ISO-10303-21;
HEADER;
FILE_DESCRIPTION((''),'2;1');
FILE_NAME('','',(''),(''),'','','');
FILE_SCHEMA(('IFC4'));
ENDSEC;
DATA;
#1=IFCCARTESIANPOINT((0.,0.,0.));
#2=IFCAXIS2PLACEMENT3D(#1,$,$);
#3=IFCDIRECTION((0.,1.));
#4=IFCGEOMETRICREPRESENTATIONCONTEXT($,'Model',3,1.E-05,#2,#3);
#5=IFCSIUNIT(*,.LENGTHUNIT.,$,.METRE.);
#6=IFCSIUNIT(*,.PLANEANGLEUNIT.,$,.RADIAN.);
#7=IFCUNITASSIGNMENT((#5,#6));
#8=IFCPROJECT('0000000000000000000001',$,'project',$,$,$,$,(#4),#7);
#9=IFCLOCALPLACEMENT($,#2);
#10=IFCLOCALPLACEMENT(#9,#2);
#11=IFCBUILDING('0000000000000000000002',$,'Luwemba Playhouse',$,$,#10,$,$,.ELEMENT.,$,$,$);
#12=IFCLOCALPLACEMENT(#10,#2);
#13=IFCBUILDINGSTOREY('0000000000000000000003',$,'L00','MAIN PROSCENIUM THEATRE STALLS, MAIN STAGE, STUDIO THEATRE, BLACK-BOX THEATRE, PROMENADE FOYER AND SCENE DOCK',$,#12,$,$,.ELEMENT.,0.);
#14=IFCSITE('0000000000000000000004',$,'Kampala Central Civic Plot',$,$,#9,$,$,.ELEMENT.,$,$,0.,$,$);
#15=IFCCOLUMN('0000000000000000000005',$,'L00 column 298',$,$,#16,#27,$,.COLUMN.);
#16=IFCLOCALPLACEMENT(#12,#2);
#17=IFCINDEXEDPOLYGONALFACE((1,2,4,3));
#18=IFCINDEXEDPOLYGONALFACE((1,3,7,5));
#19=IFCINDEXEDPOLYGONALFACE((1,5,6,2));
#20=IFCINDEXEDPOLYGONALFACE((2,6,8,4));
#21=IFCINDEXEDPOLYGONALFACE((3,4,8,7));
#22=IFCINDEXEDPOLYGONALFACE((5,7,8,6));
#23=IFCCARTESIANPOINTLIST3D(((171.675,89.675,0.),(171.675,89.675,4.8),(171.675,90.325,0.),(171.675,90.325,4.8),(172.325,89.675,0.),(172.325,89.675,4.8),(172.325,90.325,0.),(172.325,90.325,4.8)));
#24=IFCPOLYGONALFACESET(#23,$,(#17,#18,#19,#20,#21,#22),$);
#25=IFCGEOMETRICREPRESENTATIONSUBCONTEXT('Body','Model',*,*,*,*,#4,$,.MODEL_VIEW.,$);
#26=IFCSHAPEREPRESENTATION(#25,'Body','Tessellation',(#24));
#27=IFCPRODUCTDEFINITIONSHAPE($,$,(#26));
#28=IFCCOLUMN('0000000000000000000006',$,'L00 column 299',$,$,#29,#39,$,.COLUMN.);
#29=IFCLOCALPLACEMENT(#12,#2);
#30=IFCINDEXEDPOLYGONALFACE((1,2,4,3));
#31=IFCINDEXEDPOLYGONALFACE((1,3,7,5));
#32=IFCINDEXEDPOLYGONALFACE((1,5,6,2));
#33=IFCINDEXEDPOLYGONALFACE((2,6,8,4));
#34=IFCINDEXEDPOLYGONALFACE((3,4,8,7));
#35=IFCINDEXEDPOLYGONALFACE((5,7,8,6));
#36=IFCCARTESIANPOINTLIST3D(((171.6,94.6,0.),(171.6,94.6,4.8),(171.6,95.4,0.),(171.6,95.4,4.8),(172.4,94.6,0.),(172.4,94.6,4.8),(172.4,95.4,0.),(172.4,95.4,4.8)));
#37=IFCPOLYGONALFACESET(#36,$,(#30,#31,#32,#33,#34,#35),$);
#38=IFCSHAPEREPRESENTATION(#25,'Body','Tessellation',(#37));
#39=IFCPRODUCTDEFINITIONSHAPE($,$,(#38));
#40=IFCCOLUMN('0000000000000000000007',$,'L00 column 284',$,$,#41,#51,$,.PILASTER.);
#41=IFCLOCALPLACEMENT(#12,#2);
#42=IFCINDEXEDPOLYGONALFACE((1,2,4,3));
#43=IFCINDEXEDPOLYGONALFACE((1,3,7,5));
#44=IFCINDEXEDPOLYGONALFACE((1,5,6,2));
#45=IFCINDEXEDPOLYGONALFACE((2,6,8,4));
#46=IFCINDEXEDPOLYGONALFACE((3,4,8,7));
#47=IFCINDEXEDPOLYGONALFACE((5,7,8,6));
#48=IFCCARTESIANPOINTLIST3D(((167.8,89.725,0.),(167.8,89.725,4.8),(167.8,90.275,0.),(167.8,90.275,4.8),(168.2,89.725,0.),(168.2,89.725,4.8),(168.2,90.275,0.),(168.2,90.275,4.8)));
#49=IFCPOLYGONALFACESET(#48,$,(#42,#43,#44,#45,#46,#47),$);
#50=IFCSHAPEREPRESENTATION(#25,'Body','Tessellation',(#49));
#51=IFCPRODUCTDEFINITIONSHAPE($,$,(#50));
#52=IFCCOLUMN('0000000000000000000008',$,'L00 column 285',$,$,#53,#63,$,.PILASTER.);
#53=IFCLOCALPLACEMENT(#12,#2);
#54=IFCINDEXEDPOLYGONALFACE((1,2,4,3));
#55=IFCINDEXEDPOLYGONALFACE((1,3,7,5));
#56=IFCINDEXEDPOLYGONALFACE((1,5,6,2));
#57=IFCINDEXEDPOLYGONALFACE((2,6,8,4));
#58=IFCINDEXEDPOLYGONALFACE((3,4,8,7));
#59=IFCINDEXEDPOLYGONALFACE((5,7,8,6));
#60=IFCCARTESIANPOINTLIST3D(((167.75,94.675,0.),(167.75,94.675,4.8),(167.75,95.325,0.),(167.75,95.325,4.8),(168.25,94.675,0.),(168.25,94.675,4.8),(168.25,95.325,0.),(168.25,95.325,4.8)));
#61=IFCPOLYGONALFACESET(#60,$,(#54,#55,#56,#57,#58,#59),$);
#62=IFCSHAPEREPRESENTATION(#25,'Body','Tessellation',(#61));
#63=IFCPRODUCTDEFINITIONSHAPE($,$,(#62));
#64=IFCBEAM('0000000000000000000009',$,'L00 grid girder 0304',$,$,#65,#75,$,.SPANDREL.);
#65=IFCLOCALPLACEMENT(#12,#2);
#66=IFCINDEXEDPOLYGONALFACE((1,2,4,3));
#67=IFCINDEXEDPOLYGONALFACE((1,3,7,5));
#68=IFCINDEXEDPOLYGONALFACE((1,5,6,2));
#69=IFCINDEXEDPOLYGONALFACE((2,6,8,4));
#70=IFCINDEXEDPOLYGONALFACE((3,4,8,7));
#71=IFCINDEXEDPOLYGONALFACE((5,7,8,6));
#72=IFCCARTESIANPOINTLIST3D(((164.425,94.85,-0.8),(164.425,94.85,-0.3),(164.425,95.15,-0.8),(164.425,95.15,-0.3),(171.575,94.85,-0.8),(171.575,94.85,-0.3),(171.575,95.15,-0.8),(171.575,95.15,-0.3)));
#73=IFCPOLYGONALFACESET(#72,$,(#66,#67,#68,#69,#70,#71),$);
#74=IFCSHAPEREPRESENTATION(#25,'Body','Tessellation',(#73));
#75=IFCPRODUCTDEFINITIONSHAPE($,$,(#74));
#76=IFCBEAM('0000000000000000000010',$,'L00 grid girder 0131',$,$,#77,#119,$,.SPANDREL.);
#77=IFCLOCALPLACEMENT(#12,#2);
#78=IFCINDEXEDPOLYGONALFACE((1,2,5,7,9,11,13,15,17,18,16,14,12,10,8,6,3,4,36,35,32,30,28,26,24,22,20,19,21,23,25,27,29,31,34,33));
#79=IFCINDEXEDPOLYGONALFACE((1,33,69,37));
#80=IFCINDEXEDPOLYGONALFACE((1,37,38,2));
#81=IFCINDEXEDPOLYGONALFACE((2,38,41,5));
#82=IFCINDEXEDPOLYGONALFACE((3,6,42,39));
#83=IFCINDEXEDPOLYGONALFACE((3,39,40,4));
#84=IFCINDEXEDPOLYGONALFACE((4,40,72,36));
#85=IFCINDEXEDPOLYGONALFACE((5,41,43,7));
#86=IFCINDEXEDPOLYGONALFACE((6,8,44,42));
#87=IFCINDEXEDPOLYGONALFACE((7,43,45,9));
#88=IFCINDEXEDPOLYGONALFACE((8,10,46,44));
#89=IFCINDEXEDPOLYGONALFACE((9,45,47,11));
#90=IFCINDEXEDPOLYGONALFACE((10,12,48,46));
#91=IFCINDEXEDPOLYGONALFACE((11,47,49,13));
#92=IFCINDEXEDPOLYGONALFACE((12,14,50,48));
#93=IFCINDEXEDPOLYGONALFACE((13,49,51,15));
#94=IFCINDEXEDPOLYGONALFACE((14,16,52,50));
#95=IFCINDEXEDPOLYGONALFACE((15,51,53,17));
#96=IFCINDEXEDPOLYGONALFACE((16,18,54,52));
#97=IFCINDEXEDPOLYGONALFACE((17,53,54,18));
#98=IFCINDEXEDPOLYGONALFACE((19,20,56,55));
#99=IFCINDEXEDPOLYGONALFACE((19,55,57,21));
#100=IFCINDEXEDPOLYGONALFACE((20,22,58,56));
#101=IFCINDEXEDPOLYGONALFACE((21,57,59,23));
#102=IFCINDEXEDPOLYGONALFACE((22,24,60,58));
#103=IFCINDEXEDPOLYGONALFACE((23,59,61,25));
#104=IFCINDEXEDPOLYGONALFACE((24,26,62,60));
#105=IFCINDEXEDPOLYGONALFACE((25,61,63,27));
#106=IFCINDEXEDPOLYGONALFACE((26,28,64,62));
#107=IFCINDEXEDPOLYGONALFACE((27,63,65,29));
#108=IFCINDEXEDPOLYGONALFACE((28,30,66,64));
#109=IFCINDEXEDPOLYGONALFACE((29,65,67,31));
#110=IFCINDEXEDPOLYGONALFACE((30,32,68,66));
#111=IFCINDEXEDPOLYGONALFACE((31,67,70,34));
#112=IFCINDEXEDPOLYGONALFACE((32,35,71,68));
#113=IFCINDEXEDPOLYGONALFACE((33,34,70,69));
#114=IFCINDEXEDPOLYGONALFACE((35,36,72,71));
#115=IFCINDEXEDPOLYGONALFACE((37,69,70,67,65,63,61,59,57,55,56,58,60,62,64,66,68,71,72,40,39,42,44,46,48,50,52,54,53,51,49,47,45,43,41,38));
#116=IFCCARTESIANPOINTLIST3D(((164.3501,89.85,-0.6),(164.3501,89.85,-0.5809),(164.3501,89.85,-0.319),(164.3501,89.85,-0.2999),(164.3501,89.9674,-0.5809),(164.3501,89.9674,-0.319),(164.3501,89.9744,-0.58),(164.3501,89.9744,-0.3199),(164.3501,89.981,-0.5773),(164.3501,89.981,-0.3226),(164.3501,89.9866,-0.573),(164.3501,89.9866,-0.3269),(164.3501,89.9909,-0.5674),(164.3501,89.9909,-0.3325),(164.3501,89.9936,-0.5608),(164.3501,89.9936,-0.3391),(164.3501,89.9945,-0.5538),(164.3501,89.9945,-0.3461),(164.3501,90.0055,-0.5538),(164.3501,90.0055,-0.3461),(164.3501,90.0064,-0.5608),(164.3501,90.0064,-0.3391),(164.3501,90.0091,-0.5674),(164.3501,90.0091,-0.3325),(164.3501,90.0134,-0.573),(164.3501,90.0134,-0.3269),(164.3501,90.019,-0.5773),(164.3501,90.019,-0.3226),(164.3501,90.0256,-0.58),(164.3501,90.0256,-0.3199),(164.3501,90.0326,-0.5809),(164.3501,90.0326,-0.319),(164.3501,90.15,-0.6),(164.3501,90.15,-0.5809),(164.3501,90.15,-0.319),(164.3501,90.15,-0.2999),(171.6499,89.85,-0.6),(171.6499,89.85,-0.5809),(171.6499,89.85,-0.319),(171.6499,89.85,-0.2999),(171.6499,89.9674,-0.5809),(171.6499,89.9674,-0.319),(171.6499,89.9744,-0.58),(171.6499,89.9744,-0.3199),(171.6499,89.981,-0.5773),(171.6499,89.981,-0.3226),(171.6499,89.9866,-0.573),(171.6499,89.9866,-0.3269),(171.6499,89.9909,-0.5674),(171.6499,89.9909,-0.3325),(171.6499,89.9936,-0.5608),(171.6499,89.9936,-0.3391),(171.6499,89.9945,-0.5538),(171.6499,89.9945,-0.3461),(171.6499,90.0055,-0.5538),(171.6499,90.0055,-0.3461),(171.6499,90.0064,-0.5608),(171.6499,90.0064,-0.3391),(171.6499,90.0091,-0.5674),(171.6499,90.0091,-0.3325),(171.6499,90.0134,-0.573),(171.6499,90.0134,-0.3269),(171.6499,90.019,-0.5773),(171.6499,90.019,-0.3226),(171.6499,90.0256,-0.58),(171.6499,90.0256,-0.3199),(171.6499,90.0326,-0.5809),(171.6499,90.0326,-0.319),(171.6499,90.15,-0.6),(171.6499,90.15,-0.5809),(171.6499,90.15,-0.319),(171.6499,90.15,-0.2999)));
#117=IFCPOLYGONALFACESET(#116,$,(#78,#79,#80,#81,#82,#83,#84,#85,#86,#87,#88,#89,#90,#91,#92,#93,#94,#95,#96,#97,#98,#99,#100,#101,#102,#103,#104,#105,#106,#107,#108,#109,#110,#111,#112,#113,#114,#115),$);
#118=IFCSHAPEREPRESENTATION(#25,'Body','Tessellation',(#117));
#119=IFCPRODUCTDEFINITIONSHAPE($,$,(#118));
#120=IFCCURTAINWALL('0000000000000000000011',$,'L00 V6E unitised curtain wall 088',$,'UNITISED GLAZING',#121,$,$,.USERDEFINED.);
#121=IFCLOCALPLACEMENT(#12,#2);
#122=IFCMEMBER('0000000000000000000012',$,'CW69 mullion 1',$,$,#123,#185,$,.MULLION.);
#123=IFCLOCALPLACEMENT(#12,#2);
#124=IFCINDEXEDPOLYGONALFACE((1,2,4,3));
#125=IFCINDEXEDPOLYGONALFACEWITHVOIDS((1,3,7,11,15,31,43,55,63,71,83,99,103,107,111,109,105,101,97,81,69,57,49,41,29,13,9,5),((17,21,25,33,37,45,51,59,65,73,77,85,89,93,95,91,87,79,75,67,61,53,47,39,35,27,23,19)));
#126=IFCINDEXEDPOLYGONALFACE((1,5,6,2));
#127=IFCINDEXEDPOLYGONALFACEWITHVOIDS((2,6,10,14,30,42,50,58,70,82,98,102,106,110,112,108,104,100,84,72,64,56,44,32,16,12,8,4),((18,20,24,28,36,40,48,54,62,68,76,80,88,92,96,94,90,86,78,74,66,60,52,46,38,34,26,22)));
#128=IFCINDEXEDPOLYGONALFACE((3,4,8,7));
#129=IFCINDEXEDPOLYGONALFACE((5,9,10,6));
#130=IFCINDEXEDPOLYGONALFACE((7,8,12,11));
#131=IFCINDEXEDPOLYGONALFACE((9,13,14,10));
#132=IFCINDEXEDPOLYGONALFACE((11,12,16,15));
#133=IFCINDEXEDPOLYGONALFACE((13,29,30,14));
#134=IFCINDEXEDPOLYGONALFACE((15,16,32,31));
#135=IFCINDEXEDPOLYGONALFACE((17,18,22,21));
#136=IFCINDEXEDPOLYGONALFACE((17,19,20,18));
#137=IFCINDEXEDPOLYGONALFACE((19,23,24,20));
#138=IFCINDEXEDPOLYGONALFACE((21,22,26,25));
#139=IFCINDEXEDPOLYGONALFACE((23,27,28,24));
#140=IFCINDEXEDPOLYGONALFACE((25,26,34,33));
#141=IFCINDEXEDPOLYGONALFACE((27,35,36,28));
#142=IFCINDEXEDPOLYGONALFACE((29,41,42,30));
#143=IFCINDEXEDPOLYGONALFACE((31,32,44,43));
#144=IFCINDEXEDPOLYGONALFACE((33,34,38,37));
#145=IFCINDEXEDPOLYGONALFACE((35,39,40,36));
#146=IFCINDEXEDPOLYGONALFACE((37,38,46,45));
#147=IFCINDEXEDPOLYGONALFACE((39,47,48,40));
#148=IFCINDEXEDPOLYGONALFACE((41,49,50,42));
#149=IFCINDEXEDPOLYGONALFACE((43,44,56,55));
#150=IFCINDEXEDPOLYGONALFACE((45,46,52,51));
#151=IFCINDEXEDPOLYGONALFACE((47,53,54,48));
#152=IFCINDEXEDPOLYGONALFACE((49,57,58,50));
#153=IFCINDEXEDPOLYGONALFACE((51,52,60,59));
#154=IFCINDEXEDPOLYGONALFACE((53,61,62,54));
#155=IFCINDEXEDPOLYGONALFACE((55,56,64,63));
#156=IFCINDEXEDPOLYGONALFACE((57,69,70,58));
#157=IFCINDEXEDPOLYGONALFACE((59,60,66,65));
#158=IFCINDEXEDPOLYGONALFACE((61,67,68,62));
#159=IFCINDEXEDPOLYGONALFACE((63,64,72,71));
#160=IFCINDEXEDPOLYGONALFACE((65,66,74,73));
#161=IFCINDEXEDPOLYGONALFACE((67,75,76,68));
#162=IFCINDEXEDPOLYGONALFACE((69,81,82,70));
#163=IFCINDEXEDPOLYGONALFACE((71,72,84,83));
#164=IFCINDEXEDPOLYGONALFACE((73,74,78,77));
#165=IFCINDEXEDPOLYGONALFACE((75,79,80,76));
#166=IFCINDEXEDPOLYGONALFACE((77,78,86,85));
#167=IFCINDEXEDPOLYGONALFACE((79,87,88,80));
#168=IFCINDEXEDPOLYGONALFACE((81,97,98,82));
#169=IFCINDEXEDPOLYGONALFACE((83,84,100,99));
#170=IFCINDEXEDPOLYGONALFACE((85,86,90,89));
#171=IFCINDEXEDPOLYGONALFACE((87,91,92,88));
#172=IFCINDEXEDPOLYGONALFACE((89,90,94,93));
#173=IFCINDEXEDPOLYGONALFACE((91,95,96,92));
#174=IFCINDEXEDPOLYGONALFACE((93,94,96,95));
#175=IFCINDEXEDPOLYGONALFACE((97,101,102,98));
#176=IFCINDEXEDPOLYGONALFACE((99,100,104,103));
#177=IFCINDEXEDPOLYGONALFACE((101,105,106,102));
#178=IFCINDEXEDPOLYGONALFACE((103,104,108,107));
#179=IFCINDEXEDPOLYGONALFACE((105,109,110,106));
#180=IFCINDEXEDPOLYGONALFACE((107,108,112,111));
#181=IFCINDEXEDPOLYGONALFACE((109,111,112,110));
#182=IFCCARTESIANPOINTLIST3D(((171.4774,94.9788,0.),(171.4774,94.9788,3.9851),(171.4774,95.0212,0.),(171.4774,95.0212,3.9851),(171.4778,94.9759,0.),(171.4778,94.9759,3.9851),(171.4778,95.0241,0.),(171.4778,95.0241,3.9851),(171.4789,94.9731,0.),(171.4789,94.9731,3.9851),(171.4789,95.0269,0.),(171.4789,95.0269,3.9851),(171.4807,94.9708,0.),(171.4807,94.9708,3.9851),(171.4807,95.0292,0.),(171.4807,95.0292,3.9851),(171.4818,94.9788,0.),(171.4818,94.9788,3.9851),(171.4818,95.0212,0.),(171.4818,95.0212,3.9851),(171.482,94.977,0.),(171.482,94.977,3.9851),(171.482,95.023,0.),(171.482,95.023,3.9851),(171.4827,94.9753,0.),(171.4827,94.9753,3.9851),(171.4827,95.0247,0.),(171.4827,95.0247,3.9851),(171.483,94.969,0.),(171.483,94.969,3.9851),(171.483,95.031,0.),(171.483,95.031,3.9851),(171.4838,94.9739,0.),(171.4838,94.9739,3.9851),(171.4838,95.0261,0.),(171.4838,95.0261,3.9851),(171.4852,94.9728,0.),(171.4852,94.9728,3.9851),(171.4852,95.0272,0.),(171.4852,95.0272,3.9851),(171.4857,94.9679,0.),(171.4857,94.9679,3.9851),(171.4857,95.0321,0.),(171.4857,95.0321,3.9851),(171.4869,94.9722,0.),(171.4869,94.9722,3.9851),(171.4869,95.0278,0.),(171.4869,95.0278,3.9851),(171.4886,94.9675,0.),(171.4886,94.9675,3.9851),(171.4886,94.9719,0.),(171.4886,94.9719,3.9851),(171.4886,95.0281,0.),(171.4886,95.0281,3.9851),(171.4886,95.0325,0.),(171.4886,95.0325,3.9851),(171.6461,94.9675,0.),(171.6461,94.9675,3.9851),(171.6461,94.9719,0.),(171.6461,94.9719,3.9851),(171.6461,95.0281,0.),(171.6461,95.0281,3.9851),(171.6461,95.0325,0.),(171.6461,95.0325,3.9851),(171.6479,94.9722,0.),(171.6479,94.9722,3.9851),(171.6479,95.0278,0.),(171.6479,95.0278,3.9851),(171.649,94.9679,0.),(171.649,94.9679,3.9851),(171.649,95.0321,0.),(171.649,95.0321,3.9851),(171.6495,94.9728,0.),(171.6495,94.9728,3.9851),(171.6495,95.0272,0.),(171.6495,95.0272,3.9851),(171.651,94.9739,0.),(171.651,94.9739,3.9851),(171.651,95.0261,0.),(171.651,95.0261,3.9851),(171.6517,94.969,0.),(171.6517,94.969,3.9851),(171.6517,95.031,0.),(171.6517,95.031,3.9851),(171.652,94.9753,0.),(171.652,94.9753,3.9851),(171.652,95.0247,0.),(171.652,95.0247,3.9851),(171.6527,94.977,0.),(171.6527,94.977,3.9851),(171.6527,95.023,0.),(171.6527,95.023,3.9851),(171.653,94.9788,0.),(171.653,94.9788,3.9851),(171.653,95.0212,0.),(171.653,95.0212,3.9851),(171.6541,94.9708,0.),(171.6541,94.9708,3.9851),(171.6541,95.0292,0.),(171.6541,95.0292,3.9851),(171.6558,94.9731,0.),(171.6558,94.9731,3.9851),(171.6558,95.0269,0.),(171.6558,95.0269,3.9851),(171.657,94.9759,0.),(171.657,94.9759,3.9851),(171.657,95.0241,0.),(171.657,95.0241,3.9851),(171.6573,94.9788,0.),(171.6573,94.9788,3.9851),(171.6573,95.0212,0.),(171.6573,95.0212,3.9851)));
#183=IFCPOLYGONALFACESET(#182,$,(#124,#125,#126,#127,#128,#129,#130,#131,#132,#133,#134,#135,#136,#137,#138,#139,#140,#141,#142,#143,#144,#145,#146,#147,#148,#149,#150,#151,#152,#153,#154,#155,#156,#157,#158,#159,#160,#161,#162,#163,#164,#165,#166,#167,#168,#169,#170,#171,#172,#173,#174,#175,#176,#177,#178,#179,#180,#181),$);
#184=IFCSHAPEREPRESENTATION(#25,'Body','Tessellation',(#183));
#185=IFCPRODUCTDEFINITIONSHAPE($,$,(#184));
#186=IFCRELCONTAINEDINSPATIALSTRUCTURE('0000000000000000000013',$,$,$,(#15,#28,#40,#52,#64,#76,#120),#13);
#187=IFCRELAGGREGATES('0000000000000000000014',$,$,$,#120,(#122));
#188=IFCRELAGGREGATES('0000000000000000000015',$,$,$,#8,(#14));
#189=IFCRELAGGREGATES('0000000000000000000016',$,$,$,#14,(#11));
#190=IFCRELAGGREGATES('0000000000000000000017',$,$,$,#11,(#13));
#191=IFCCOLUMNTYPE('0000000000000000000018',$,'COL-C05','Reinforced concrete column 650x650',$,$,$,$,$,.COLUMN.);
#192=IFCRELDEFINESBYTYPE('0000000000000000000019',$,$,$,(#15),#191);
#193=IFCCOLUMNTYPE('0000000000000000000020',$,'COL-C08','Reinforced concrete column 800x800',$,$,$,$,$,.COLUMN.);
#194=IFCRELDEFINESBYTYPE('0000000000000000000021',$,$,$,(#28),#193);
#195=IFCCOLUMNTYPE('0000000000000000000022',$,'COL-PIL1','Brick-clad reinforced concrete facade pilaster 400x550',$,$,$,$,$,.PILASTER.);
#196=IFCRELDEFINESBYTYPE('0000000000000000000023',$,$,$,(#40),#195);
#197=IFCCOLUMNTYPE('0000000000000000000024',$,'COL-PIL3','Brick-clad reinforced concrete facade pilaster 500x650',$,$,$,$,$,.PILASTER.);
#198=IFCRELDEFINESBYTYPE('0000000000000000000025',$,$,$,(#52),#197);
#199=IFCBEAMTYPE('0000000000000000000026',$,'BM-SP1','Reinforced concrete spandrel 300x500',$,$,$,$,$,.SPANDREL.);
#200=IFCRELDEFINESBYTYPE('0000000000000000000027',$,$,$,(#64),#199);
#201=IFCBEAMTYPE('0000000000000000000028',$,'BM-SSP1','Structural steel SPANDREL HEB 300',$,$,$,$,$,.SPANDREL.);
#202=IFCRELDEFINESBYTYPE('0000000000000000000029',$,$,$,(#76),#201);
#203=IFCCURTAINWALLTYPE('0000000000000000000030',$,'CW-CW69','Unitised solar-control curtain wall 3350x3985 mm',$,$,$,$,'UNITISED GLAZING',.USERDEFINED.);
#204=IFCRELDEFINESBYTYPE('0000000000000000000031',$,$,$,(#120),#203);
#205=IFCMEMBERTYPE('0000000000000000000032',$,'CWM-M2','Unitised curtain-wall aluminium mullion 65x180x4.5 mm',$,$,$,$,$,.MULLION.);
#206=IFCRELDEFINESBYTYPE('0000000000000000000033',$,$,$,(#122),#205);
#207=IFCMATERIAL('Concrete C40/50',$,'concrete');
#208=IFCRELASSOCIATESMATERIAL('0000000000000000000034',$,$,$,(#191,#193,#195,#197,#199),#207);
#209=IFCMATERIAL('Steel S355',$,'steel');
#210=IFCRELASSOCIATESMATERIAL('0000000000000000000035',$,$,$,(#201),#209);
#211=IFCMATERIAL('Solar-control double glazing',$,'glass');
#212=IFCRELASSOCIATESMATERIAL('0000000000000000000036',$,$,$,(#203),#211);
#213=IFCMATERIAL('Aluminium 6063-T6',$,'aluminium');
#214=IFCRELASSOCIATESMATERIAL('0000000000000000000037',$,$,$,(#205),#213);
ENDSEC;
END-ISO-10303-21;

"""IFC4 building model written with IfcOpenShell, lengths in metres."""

from ifc_helpers import new_model, si_unit, direction, frame, origin, origin_2d, place, context, subcontext, project, spatial, rectangle, hollow_rectangle, i_section, extrude, material, material_profile, profile_set, type_object, element, aggregate, save


model = new_model("IFC4")

# Units and contexts
model_context = context("Model", 3, precision=1e-05, world=origin(), true_north=direction((0.0, 1.0)))
body_context = subcontext(model_context, "Body", "Model", "MODEL_VIEW")
ifc_project = project(units=[si_unit("LENGTHUNIT", "METRE"), si_unit("PLANEANGLEUNIT", "RADIAN")], contexts=[model_context])

# Site, building, storey
site_placement = place(None, origin())
site = spatial("IfcSite", under=ifc_project, at=site_placement, Name="Kampala Central Civic Plot", CompositionType="ELEMENT", RefElevation=0.0)
building_placement = place(site_placement, origin())
building = spatial("IfcBuilding", under=site, at=building_placement, Name="Luwemba Playhouse", CompositionType="ELEMENT")
storey_placement = place(building_placement, origin())
storey = spatial("IfcBuildingStorey", under=building, at=storey_placement, Name="L00", Description="MAIN PROSCENIUM THEATRE STALLS, MAIN STAGE, STUDIO THEATRE, BLACK-BOX THEATRE, PROMENADE FOYER AND SCENE DOCK", CompositionType="ELEMENT", Elevation=0.0)

# Columns
ifc_material_1 = material(Name="Concrete C40/50", Category="concrete")
ifc_material_profile_1 = material_profile(ifc_material_1, rectangle(XDim=0.6499, YDim=0.6499, at=origin_2d()))
ifc_profile_set_1 = profile_set([ifc_material_profile_1], Name="Concrete C40/50")
column_type_1 = type_object("IfcColumnType", Name="COL-C05", Description="Reinforced concrete column 650x650", PredefinedType="COLUMN", material=ifc_profile_set_1)
column_1_placement = place(storey_placement, frame((172.0, 90.0, 0.0), z_axis=(0.0, 0.0, 1.0), x_axis=(1.0, 0.0, 0.0)))
element("IfcColumn", 1, at=column_1_placement, inside=storey, type_object=column_type_1, Name="L00 column 298", PredefinedType="COLUMN", context=body_context, shape_type="SweptSolid", body=[
    extrude(rectangle(XDim=0.6499, YDim=0.6499, at=origin_2d()), origin(), (0.0, 0.0, 1.0), 4.8),
])
ifc_material_profile_2 = material_profile(ifc_material_1, rectangle(XDim=0.8, YDim=0.8, at=origin_2d()))
ifc_profile_set_2 = profile_set([ifc_material_profile_2], Name="Concrete C40/50")
column_type_2 = type_object("IfcColumnType", Name="COL-C08", Description="Reinforced concrete column 800x800", PredefinedType="COLUMN", material=ifc_profile_set_2)
column_2_placement = place(storey_placement, frame((172.0, 95.0, 0.0), z_axis=(0.0, 0.0, 1.0), x_axis=(1.0, 0.0, 0.0)))
element("IfcColumn", 2, at=column_2_placement, inside=storey, type_object=column_type_2, Name="L00 column 299", PredefinedType="COLUMN", context=body_context, shape_type="SweptSolid", body=[
    extrude(rectangle(XDim=0.8, YDim=0.8, at=origin_2d()), origin(), (0.0, 0.0, 1.0), 4.8),
])
ifc_material_profile_3 = material_profile(ifc_material_1, rectangle(XDim=0.3999, YDim=0.55, at=origin_2d()))
ifc_profile_set_3 = profile_set([ifc_material_profile_3], Name="Concrete C40/50")
column_type_3 = type_object("IfcColumnType", Name="COL-PIL1", Description="Brick-clad reinforced concrete facade pilaster 400x550", PredefinedType="PILASTER", material=ifc_profile_set_3)
column_3_placement = place(storey_placement, frame((168.0, 90.0, 0.0), z_axis=(0.0, 0.0, 1.0), x_axis=(1.0, 0.0, 0.0)))
element("IfcColumn", 3, at=column_3_placement, inside=storey, type_object=column_type_3, Name="L00 column 284", PredefinedType="PILASTER", context=body_context, shape_type="SweptSolid", body=[
    extrude(rectangle(XDim=0.3999, YDim=0.55, at=origin_2d()), origin(), (0.0, 0.0, 1.0), 4.8),
])
ifc_material_profile_4 = material_profile(ifc_material_1, rectangle(XDim=0.5, YDim=0.6499, at=origin_2d()))
ifc_profile_set_4 = profile_set([ifc_material_profile_4], Name="Concrete C40/50")
column_type_4 = type_object("IfcColumnType", Name="COL-PIL3", Description="Brick-clad reinforced concrete facade pilaster 500x650", PredefinedType="PILASTER", material=ifc_profile_set_4)
column_4_placement = place(storey_placement, frame((168.0, 95.0, 0.0), z_axis=(0.0, 0.0, 1.0), x_axis=(1.0, 0.0, 0.0)))
element("IfcColumn", 4, at=column_4_placement, inside=storey, type_object=column_type_4, Name="L00 column 285", PredefinedType="PILASTER", context=body_context, shape_type="SweptSolid", body=[
    extrude(rectangle(XDim=0.5, YDim=0.6499, at=origin_2d()), origin(), (0.0, 0.0, 1.0), 4.8),
])

# Beams
ifc_material_profile_5 = material_profile(ifc_material_1, rectangle(XDim=0.3, YDim=0.5, at=origin_2d()))
ifc_profile_set_5 = profile_set([ifc_material_profile_5], Name="Concrete C40/50")
beam_type_1 = type_object("IfcBeamType", Name="BM-SP1", Description="Reinforced concrete spandrel 300x500", PredefinedType="SPANDREL", material=ifc_profile_set_5)
beam_1_placement = place(storey_placement, frame((164.425, 95.0, -0.55), z_axis=(1.0, 0.0, 0.0), x_axis=(0.0, 1.0, 0.0)))
element("IfcBeam", 5, at=beam_1_placement, inside=storey, type_object=beam_type_1, Name="L00 grid girder 0304", PredefinedType="SPANDREL", context=body_context, shape_type="SweptSolid", body=[
    extrude(rectangle(XDim=0.3, YDim=0.5, at=origin_2d()), origin(), (0.0, 0.0, 1.0), 7.1499),
])
ifc_material_2 = material(Name="Steel S355", Category="steel")
ifc_material_profile_6 = material_profile(ifc_material_2, i_section(OverallWidth=0.3, OverallDepth=0.3, WebThickness=0.011, FlangeThickness=0.019, FilletRadius=0.0271, at=origin_2d()))
ifc_profile_set_6 = profile_set([ifc_material_profile_6], Name="Steel S355")
beam_type_2 = type_object("IfcBeamType", Name="BM-SSP1", Description="Structural steel SPANDREL HEB 300", PredefinedType="SPANDREL", material=ifc_profile_set_6)
beam_2_placement = place(storey_placement, frame((164.3501, 90.0, -0.45), z_axis=(1.0, 0.0, 0.0), x_axis=(0.0, 1.0, 0.0)))
element("IfcBeam", 6, at=beam_2_placement, inside=storey, type_object=beam_type_2, Name="L00 grid girder 0131", PredefinedType="SPANDREL", context=body_context, shape_type="SweptSolid", body=[
    extrude(i_section(OverallWidth=0.3, OverallDepth=0.3, WebThickness=0.011, FlangeThickness=0.019, FilletRadius=0.0271, at=origin_2d()), origin(), (0.0, 0.0, 1.0), 7.2998),
])

# Curtain wall, member
ifc_material_3 = material(Name="Solar-control double glazing", Category="glass")
curtain_wall_type = type_object("IfcCurtainWallType", Name="CW-CW69", Description="Unitised solar-control curtain wall 3350x3985 mm", ElementType="UNITISED GLAZING", PredefinedType="USERDEFINED", material=ifc_material_3)
curtain_wall_placement = place(storey_placement, origin())
curtain_wall = element("IfcCurtainWall", 7, at=curtain_wall_placement, inside=storey, type_object=curtain_wall_type, Name="L00 V6E unitised curtain wall 088", ObjectType="UNITISED GLAZING", PredefinedType="USERDEFINED")
ifc_material_4 = material(Name="Aluminium 6063-T6", Category="aluminium")
ifc_material_profile_7 = material_profile(ifc_material_4, hollow_rectangle(XDim=0.0649, YDim=0.1799, WallThickness=0.0044, InnerFilletRadius=0.0068, OuterFilletRadius=0.0112, at=origin_2d()))
ifc_profile_set_7 = profile_set([ifc_material_profile_7], Name="Aluminium 6063-T6")
member_type_1 = type_object("IfcMemberType", Name="CWM-M2", Description="Unitised curtain-wall aluminium mullion 65x180x4.5 mm", PredefinedType="MULLION", material=ifc_profile_set_7)
member_1_placement = place(storey_placement, frame((171.5674, 95.0, 0.0), z_axis=(0.0, 0.0, 1.0), x_axis=(0.0, -1.0, 0.0)))
member_1 = element("IfcMember", 8, at=member_1_placement, type_object=member_type_1, Name="CW69 mullion 1", PredefinedType="MULLION", context=body_context, shape_type="SweptSolid", body=[
    extrude(hollow_rectangle(XDim=0.0649, YDim=0.1799, WallThickness=0.0044, InnerFilletRadius=0.0068, OuterFilletRadius=0.0112, at=origin_2d()), origin(), (0.0, 0.0, 1.0), 3.9851),
])
aggregate(curtain_wall, [member_1])

save(model, "model.ifc")
